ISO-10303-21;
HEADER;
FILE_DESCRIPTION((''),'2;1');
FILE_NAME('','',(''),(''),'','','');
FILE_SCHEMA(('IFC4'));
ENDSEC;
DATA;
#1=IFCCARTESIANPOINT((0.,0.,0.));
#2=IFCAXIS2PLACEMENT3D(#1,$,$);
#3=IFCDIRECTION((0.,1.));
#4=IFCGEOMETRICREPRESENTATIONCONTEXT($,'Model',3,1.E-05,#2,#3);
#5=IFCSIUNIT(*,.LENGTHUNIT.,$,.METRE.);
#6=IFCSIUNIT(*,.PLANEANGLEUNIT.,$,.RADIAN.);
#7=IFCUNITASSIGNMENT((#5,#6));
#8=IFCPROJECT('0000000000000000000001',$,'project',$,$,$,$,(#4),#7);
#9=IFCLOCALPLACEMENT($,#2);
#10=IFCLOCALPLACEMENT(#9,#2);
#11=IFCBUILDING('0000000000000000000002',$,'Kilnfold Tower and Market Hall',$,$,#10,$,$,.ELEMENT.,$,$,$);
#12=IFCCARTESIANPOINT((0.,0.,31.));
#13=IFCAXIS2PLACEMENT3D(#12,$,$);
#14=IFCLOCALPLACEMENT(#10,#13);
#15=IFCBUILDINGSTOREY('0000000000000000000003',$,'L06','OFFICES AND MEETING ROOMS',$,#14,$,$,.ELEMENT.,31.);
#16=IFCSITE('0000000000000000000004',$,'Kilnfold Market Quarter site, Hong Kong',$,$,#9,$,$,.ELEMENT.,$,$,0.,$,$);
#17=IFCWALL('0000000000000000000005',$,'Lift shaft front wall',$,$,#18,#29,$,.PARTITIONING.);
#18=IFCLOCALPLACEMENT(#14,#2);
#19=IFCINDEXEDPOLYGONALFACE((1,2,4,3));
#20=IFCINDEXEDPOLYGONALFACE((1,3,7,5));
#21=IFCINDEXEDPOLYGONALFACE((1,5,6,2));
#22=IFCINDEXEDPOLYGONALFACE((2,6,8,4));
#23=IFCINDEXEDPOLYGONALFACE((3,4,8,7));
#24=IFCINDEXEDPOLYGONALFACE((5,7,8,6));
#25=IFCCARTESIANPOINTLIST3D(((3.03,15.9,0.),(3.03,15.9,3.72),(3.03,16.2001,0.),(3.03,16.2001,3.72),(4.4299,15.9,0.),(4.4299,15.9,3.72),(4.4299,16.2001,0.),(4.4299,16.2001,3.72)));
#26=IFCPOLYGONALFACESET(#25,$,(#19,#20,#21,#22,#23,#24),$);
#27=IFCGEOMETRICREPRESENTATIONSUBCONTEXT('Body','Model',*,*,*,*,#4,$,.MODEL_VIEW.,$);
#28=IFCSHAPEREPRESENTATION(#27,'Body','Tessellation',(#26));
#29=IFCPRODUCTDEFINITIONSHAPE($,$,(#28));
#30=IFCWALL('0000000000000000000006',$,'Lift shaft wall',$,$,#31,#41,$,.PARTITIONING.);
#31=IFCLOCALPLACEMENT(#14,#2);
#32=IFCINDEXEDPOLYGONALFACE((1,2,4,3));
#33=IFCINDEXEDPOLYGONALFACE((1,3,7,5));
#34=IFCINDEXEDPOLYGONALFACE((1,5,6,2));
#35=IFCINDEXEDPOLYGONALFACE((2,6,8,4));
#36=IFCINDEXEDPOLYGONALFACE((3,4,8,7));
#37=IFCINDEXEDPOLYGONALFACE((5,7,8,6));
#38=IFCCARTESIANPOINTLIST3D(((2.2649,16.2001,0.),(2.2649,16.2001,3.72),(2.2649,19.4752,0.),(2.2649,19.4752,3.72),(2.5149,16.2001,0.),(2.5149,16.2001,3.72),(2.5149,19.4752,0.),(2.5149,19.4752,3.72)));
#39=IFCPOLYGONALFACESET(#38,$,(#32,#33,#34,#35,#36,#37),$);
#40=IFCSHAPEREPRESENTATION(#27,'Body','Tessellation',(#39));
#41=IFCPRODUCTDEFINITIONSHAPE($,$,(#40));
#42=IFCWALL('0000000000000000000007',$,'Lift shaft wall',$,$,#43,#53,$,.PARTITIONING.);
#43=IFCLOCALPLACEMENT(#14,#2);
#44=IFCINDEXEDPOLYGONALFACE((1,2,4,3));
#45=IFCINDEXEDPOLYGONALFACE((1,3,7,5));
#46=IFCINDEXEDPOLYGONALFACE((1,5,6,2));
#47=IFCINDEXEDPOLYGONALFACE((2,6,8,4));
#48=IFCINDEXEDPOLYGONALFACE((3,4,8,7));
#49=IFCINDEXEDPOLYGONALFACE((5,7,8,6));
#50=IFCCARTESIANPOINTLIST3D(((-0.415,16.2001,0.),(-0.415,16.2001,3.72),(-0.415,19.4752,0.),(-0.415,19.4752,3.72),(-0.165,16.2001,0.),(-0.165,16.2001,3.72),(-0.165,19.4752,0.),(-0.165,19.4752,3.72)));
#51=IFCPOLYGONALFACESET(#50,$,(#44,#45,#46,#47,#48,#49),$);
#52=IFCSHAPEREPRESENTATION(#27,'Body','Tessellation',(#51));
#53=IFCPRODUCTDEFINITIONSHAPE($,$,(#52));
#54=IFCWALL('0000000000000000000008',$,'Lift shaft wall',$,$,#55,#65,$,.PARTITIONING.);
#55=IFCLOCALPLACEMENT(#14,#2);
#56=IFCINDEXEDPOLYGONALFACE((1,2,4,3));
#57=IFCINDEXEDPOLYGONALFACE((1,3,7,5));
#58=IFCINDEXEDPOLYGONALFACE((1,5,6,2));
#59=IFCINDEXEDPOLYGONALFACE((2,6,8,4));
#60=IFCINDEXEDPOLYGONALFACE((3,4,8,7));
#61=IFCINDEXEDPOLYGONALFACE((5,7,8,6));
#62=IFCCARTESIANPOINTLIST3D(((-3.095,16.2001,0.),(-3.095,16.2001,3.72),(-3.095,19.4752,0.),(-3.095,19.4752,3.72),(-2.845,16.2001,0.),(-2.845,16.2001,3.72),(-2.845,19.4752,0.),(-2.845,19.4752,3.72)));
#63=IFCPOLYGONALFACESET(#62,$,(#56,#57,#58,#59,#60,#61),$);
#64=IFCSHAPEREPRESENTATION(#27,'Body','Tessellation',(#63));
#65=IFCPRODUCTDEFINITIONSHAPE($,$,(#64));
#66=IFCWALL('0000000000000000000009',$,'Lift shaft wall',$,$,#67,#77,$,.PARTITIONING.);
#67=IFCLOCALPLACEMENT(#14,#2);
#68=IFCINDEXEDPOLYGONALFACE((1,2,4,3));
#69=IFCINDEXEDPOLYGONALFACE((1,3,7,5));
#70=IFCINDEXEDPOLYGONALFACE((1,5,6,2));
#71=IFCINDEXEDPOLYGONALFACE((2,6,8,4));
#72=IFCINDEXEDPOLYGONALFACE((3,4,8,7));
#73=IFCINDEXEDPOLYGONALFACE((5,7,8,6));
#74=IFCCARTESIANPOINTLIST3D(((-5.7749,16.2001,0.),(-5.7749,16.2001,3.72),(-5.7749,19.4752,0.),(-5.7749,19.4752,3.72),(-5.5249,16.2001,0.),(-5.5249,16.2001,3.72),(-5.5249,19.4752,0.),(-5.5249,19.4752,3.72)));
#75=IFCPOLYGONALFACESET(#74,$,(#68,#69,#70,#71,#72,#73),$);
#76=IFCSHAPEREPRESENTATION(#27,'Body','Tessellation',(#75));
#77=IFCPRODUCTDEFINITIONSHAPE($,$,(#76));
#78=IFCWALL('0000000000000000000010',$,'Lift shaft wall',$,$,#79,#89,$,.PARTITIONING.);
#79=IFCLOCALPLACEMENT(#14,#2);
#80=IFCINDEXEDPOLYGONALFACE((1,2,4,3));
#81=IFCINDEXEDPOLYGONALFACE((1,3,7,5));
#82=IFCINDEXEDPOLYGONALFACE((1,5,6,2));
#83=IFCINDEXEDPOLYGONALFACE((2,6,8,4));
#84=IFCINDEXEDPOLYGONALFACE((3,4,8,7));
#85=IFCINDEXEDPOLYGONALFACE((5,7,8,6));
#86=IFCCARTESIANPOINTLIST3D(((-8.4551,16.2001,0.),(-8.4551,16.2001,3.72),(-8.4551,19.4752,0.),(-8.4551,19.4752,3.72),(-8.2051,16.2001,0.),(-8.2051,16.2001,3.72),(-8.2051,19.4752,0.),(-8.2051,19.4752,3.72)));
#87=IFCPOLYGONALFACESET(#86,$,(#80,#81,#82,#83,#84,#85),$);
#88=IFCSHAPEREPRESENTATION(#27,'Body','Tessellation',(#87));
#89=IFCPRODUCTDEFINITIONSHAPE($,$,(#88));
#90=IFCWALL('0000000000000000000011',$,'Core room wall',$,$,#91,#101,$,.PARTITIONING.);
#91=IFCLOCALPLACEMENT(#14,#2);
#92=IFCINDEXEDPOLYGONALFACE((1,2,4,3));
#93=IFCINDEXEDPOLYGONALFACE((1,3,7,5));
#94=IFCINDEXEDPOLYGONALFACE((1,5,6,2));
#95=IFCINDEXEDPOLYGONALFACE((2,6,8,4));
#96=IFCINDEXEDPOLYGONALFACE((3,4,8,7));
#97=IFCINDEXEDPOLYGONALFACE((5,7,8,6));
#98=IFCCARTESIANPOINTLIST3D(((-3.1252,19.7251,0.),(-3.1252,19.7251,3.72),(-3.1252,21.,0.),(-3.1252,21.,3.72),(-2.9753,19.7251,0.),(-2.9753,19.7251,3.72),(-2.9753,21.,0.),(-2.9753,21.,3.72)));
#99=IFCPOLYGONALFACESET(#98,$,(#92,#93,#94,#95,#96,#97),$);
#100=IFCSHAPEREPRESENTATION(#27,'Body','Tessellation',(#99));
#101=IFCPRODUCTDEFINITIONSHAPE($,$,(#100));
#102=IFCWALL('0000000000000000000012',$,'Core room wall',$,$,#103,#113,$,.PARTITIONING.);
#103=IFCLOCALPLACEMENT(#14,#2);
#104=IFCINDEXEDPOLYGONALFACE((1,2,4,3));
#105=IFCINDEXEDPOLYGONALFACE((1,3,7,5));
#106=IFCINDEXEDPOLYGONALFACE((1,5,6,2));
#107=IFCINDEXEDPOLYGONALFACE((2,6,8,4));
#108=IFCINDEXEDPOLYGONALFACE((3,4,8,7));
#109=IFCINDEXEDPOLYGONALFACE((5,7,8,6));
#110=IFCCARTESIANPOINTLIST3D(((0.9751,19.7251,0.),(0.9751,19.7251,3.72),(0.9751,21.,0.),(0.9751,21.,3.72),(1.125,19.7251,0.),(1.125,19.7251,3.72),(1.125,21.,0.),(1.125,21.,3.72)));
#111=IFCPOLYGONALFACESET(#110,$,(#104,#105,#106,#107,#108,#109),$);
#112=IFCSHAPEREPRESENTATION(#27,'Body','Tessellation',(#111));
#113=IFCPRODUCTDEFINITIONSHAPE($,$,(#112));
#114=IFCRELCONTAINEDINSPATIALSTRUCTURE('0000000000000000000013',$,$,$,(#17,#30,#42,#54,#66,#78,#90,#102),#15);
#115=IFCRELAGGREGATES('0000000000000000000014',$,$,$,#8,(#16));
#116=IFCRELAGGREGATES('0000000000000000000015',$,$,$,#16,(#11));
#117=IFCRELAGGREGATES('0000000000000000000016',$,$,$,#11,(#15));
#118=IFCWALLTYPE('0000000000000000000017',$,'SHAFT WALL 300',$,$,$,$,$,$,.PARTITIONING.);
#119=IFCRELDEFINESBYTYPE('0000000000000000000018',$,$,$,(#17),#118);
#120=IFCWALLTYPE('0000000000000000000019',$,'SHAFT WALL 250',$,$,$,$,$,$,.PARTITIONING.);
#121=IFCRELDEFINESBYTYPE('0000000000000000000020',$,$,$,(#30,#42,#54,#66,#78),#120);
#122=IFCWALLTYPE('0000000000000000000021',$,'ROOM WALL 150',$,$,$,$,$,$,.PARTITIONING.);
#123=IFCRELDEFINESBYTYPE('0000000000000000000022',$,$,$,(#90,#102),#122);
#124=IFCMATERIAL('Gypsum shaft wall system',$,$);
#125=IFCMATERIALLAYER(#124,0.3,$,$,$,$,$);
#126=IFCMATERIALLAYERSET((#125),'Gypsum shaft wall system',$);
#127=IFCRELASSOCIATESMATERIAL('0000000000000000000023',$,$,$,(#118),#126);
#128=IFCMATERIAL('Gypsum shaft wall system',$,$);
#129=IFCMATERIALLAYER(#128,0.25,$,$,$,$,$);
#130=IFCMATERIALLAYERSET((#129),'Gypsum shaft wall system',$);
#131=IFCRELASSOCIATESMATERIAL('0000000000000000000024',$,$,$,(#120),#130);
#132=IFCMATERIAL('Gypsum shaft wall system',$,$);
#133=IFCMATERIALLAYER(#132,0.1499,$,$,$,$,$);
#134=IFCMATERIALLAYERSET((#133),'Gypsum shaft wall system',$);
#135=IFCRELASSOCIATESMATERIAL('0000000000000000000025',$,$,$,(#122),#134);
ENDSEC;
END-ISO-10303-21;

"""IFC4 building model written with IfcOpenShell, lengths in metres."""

from ifc_helpers import new_model, si_unit, direction, frame, frame_2d, origin, place, context, subcontext, project, spatial, rectangle, extrude, source, transform, mapped, material, layer, layer_set, type_object, element, save


model = new_model("IFC4")

# Units and contexts
model_context = context("Model", 3, precision=1e-05, world=origin(), true_north=direction((0.0, 1.0)))
body_context = subcontext(model_context, "Body", "Model", "MODEL_VIEW")
ifc_project = project(units=[si_unit("LENGTHUNIT", "METRE"), si_unit("PLANEANGLEUNIT", "RADIAN")], contexts=[model_context])

# Site, building, storey
site_placement = place(None, origin())
site = spatial("IfcSite", under=ifc_project, at=site_placement, Name="Kilnfold Market Quarter site, Hong Kong", CompositionType="ELEMENT", RefElevation=0.0)
building_placement = place(site_placement, origin())
building = spatial("IfcBuilding", under=site, at=building_placement, Name="Kilnfold Tower and Market Hall", CompositionType="ELEMENT")
storey_placement = place(building_placement, frame((0.0, 0.0, 31.0)))
storey = spatial("IfcBuildingStorey", under=building, at=storey_placement, Name="L06", Description="OFFICES AND MEETING ROOMS", CompositionType="ELEMENT", Elevation=31.0)

# Walls
ifc_material_1 = material(Name="Gypsum shaft wall system")
ifc_layer_1 = layer(ifc_material_1, 0.3)
ifc_layer_set_1 = layer_set([ifc_layer_1], Name="Gypsum shaft wall system")
wall_type_1 = type_object("IfcWallType", Name="SHAFT WALL 300", PredefinedType="PARTITIONING", material=ifc_layer_set_1)
shared_shape_1 = source(origin(), body_context, "Body", "SweptSolid", [
    extrude(rectangle(XDim=1.3999, YDim=0.3, at=frame_2d((0.7, 0.0))), origin(), (0.0, 0.0, 1.0), 3.72),
])
wall_1_placement = place(storey_placement, frame((3.03, 16.05, 0.0), z_axis=(0.0, 0.0, 1.0), x_axis=(1.0, 0.0, 0.0)))
element("IfcWall", 1, at=wall_1_placement, inside=storey, type_object=wall_type_1, Name="Lift shaft front wall", PredefinedType="PARTITIONING", context=body_context, shape_type="MappedRepresentation", body=[
    mapped(shared_shape_1, transform((0.0, 0.0, 0.0))),
])
ifc_material_2 = material(Name="Gypsum shaft wall system")
ifc_layer_2 = layer(ifc_material_2, 0.25)
ifc_layer_set_2 = layer_set([ifc_layer_2], Name="Gypsum shaft wall system")
wall_type_2 = type_object("IfcWallType", Name="SHAFT WALL 250", PredefinedType="PARTITIONING", material=ifc_layer_set_2)
shared_shape_2 = source(origin(), body_context, "Body", "SweptSolid", [
    extrude(rectangle(XDim=3.2751, YDim=0.25, at=frame_2d((1.6377, 0.0))), origin(), (0.0, 0.0, 1.0), 3.72),
])
for number, where, z_axis, x_axis, name in (
    (2, (2.3899, 16.2, 0.0), (0.0, 0.0, 1.0), (0.0, 1.0, 0.0), "Lift shaft wall"),
    (3, (-0.29, 16.2, 0.0), (0.0, 0.0, 1.0), (0.0, 1.0, 0.0), "Lift shaft wall"),
    (4, (-2.97, 16.2, 0.0), (0.0, 0.0, 1.0), (0.0, 1.0, 0.0), "Lift shaft wall"),
    (5, (-5.6499, 16.2, 0.0), (0.0, 0.0, 1.0), (0.0, 1.0, 0.0), "Lift shaft wall"),
    (6, (-8.3301, 16.2, 0.0), (0.0, 0.0, 1.0), (0.0, 1.0, 0.0), "Lift shaft wall"),
):
    element("IfcWall", number, at=place(storey_placement, frame(where, z_axis=z_axis, x_axis=x_axis)), inside=storey, type_object=wall_type_2, Name=name, PredefinedType="PARTITIONING", context=body_context, shape_type="MappedRepresentation", body=[
        mapped(shared_shape_2, transform((0.0, 0.0, 0.0))),
    ])
ifc_material_3 = material(Name="Gypsum shaft wall system")
ifc_layer_3 = layer(ifc_material_3, 0.1499)
ifc_layer_set_3 = layer_set([ifc_layer_3], Name="Gypsum shaft wall system")
wall_type_3 = type_object("IfcWallType", Name="ROOM WALL 150", PredefinedType="PARTITIONING", material=ifc_layer_set_3)
shared_shape_3 = source(origin(), body_context, "Body", "SweptSolid", [
    extrude(rectangle(XDim=1.2749, YDim=0.1499, at=frame_2d((0.6375, 0.0))), origin(), (0.0, 0.0, 1.0), 3.72),
])
for number, where, z_axis, x_axis, name in (
    (7, (-3.0503, 19.7251, 0.0), (0.0, 0.0, 1.0), (0.0, 1.0, 0.0), "Core room wall"),
    (8, (1.05, 19.7251, 0.0), (0.0, 0.0, 1.0), (0.0, 1.0, 0.0), "Core room wall"),
):
    element("IfcWall", number, at=place(storey_placement, frame(where, z_axis=z_axis, x_axis=x_axis)), inside=storey, type_object=wall_type_3, Name=name, PredefinedType="PARTITIONING", context=body_context, shape_type="MappedRepresentation", body=[
        mapped(shared_shape_3, transform((0.0, 0.0, 0.0))),
    ])

save(model, "model.ifc")
